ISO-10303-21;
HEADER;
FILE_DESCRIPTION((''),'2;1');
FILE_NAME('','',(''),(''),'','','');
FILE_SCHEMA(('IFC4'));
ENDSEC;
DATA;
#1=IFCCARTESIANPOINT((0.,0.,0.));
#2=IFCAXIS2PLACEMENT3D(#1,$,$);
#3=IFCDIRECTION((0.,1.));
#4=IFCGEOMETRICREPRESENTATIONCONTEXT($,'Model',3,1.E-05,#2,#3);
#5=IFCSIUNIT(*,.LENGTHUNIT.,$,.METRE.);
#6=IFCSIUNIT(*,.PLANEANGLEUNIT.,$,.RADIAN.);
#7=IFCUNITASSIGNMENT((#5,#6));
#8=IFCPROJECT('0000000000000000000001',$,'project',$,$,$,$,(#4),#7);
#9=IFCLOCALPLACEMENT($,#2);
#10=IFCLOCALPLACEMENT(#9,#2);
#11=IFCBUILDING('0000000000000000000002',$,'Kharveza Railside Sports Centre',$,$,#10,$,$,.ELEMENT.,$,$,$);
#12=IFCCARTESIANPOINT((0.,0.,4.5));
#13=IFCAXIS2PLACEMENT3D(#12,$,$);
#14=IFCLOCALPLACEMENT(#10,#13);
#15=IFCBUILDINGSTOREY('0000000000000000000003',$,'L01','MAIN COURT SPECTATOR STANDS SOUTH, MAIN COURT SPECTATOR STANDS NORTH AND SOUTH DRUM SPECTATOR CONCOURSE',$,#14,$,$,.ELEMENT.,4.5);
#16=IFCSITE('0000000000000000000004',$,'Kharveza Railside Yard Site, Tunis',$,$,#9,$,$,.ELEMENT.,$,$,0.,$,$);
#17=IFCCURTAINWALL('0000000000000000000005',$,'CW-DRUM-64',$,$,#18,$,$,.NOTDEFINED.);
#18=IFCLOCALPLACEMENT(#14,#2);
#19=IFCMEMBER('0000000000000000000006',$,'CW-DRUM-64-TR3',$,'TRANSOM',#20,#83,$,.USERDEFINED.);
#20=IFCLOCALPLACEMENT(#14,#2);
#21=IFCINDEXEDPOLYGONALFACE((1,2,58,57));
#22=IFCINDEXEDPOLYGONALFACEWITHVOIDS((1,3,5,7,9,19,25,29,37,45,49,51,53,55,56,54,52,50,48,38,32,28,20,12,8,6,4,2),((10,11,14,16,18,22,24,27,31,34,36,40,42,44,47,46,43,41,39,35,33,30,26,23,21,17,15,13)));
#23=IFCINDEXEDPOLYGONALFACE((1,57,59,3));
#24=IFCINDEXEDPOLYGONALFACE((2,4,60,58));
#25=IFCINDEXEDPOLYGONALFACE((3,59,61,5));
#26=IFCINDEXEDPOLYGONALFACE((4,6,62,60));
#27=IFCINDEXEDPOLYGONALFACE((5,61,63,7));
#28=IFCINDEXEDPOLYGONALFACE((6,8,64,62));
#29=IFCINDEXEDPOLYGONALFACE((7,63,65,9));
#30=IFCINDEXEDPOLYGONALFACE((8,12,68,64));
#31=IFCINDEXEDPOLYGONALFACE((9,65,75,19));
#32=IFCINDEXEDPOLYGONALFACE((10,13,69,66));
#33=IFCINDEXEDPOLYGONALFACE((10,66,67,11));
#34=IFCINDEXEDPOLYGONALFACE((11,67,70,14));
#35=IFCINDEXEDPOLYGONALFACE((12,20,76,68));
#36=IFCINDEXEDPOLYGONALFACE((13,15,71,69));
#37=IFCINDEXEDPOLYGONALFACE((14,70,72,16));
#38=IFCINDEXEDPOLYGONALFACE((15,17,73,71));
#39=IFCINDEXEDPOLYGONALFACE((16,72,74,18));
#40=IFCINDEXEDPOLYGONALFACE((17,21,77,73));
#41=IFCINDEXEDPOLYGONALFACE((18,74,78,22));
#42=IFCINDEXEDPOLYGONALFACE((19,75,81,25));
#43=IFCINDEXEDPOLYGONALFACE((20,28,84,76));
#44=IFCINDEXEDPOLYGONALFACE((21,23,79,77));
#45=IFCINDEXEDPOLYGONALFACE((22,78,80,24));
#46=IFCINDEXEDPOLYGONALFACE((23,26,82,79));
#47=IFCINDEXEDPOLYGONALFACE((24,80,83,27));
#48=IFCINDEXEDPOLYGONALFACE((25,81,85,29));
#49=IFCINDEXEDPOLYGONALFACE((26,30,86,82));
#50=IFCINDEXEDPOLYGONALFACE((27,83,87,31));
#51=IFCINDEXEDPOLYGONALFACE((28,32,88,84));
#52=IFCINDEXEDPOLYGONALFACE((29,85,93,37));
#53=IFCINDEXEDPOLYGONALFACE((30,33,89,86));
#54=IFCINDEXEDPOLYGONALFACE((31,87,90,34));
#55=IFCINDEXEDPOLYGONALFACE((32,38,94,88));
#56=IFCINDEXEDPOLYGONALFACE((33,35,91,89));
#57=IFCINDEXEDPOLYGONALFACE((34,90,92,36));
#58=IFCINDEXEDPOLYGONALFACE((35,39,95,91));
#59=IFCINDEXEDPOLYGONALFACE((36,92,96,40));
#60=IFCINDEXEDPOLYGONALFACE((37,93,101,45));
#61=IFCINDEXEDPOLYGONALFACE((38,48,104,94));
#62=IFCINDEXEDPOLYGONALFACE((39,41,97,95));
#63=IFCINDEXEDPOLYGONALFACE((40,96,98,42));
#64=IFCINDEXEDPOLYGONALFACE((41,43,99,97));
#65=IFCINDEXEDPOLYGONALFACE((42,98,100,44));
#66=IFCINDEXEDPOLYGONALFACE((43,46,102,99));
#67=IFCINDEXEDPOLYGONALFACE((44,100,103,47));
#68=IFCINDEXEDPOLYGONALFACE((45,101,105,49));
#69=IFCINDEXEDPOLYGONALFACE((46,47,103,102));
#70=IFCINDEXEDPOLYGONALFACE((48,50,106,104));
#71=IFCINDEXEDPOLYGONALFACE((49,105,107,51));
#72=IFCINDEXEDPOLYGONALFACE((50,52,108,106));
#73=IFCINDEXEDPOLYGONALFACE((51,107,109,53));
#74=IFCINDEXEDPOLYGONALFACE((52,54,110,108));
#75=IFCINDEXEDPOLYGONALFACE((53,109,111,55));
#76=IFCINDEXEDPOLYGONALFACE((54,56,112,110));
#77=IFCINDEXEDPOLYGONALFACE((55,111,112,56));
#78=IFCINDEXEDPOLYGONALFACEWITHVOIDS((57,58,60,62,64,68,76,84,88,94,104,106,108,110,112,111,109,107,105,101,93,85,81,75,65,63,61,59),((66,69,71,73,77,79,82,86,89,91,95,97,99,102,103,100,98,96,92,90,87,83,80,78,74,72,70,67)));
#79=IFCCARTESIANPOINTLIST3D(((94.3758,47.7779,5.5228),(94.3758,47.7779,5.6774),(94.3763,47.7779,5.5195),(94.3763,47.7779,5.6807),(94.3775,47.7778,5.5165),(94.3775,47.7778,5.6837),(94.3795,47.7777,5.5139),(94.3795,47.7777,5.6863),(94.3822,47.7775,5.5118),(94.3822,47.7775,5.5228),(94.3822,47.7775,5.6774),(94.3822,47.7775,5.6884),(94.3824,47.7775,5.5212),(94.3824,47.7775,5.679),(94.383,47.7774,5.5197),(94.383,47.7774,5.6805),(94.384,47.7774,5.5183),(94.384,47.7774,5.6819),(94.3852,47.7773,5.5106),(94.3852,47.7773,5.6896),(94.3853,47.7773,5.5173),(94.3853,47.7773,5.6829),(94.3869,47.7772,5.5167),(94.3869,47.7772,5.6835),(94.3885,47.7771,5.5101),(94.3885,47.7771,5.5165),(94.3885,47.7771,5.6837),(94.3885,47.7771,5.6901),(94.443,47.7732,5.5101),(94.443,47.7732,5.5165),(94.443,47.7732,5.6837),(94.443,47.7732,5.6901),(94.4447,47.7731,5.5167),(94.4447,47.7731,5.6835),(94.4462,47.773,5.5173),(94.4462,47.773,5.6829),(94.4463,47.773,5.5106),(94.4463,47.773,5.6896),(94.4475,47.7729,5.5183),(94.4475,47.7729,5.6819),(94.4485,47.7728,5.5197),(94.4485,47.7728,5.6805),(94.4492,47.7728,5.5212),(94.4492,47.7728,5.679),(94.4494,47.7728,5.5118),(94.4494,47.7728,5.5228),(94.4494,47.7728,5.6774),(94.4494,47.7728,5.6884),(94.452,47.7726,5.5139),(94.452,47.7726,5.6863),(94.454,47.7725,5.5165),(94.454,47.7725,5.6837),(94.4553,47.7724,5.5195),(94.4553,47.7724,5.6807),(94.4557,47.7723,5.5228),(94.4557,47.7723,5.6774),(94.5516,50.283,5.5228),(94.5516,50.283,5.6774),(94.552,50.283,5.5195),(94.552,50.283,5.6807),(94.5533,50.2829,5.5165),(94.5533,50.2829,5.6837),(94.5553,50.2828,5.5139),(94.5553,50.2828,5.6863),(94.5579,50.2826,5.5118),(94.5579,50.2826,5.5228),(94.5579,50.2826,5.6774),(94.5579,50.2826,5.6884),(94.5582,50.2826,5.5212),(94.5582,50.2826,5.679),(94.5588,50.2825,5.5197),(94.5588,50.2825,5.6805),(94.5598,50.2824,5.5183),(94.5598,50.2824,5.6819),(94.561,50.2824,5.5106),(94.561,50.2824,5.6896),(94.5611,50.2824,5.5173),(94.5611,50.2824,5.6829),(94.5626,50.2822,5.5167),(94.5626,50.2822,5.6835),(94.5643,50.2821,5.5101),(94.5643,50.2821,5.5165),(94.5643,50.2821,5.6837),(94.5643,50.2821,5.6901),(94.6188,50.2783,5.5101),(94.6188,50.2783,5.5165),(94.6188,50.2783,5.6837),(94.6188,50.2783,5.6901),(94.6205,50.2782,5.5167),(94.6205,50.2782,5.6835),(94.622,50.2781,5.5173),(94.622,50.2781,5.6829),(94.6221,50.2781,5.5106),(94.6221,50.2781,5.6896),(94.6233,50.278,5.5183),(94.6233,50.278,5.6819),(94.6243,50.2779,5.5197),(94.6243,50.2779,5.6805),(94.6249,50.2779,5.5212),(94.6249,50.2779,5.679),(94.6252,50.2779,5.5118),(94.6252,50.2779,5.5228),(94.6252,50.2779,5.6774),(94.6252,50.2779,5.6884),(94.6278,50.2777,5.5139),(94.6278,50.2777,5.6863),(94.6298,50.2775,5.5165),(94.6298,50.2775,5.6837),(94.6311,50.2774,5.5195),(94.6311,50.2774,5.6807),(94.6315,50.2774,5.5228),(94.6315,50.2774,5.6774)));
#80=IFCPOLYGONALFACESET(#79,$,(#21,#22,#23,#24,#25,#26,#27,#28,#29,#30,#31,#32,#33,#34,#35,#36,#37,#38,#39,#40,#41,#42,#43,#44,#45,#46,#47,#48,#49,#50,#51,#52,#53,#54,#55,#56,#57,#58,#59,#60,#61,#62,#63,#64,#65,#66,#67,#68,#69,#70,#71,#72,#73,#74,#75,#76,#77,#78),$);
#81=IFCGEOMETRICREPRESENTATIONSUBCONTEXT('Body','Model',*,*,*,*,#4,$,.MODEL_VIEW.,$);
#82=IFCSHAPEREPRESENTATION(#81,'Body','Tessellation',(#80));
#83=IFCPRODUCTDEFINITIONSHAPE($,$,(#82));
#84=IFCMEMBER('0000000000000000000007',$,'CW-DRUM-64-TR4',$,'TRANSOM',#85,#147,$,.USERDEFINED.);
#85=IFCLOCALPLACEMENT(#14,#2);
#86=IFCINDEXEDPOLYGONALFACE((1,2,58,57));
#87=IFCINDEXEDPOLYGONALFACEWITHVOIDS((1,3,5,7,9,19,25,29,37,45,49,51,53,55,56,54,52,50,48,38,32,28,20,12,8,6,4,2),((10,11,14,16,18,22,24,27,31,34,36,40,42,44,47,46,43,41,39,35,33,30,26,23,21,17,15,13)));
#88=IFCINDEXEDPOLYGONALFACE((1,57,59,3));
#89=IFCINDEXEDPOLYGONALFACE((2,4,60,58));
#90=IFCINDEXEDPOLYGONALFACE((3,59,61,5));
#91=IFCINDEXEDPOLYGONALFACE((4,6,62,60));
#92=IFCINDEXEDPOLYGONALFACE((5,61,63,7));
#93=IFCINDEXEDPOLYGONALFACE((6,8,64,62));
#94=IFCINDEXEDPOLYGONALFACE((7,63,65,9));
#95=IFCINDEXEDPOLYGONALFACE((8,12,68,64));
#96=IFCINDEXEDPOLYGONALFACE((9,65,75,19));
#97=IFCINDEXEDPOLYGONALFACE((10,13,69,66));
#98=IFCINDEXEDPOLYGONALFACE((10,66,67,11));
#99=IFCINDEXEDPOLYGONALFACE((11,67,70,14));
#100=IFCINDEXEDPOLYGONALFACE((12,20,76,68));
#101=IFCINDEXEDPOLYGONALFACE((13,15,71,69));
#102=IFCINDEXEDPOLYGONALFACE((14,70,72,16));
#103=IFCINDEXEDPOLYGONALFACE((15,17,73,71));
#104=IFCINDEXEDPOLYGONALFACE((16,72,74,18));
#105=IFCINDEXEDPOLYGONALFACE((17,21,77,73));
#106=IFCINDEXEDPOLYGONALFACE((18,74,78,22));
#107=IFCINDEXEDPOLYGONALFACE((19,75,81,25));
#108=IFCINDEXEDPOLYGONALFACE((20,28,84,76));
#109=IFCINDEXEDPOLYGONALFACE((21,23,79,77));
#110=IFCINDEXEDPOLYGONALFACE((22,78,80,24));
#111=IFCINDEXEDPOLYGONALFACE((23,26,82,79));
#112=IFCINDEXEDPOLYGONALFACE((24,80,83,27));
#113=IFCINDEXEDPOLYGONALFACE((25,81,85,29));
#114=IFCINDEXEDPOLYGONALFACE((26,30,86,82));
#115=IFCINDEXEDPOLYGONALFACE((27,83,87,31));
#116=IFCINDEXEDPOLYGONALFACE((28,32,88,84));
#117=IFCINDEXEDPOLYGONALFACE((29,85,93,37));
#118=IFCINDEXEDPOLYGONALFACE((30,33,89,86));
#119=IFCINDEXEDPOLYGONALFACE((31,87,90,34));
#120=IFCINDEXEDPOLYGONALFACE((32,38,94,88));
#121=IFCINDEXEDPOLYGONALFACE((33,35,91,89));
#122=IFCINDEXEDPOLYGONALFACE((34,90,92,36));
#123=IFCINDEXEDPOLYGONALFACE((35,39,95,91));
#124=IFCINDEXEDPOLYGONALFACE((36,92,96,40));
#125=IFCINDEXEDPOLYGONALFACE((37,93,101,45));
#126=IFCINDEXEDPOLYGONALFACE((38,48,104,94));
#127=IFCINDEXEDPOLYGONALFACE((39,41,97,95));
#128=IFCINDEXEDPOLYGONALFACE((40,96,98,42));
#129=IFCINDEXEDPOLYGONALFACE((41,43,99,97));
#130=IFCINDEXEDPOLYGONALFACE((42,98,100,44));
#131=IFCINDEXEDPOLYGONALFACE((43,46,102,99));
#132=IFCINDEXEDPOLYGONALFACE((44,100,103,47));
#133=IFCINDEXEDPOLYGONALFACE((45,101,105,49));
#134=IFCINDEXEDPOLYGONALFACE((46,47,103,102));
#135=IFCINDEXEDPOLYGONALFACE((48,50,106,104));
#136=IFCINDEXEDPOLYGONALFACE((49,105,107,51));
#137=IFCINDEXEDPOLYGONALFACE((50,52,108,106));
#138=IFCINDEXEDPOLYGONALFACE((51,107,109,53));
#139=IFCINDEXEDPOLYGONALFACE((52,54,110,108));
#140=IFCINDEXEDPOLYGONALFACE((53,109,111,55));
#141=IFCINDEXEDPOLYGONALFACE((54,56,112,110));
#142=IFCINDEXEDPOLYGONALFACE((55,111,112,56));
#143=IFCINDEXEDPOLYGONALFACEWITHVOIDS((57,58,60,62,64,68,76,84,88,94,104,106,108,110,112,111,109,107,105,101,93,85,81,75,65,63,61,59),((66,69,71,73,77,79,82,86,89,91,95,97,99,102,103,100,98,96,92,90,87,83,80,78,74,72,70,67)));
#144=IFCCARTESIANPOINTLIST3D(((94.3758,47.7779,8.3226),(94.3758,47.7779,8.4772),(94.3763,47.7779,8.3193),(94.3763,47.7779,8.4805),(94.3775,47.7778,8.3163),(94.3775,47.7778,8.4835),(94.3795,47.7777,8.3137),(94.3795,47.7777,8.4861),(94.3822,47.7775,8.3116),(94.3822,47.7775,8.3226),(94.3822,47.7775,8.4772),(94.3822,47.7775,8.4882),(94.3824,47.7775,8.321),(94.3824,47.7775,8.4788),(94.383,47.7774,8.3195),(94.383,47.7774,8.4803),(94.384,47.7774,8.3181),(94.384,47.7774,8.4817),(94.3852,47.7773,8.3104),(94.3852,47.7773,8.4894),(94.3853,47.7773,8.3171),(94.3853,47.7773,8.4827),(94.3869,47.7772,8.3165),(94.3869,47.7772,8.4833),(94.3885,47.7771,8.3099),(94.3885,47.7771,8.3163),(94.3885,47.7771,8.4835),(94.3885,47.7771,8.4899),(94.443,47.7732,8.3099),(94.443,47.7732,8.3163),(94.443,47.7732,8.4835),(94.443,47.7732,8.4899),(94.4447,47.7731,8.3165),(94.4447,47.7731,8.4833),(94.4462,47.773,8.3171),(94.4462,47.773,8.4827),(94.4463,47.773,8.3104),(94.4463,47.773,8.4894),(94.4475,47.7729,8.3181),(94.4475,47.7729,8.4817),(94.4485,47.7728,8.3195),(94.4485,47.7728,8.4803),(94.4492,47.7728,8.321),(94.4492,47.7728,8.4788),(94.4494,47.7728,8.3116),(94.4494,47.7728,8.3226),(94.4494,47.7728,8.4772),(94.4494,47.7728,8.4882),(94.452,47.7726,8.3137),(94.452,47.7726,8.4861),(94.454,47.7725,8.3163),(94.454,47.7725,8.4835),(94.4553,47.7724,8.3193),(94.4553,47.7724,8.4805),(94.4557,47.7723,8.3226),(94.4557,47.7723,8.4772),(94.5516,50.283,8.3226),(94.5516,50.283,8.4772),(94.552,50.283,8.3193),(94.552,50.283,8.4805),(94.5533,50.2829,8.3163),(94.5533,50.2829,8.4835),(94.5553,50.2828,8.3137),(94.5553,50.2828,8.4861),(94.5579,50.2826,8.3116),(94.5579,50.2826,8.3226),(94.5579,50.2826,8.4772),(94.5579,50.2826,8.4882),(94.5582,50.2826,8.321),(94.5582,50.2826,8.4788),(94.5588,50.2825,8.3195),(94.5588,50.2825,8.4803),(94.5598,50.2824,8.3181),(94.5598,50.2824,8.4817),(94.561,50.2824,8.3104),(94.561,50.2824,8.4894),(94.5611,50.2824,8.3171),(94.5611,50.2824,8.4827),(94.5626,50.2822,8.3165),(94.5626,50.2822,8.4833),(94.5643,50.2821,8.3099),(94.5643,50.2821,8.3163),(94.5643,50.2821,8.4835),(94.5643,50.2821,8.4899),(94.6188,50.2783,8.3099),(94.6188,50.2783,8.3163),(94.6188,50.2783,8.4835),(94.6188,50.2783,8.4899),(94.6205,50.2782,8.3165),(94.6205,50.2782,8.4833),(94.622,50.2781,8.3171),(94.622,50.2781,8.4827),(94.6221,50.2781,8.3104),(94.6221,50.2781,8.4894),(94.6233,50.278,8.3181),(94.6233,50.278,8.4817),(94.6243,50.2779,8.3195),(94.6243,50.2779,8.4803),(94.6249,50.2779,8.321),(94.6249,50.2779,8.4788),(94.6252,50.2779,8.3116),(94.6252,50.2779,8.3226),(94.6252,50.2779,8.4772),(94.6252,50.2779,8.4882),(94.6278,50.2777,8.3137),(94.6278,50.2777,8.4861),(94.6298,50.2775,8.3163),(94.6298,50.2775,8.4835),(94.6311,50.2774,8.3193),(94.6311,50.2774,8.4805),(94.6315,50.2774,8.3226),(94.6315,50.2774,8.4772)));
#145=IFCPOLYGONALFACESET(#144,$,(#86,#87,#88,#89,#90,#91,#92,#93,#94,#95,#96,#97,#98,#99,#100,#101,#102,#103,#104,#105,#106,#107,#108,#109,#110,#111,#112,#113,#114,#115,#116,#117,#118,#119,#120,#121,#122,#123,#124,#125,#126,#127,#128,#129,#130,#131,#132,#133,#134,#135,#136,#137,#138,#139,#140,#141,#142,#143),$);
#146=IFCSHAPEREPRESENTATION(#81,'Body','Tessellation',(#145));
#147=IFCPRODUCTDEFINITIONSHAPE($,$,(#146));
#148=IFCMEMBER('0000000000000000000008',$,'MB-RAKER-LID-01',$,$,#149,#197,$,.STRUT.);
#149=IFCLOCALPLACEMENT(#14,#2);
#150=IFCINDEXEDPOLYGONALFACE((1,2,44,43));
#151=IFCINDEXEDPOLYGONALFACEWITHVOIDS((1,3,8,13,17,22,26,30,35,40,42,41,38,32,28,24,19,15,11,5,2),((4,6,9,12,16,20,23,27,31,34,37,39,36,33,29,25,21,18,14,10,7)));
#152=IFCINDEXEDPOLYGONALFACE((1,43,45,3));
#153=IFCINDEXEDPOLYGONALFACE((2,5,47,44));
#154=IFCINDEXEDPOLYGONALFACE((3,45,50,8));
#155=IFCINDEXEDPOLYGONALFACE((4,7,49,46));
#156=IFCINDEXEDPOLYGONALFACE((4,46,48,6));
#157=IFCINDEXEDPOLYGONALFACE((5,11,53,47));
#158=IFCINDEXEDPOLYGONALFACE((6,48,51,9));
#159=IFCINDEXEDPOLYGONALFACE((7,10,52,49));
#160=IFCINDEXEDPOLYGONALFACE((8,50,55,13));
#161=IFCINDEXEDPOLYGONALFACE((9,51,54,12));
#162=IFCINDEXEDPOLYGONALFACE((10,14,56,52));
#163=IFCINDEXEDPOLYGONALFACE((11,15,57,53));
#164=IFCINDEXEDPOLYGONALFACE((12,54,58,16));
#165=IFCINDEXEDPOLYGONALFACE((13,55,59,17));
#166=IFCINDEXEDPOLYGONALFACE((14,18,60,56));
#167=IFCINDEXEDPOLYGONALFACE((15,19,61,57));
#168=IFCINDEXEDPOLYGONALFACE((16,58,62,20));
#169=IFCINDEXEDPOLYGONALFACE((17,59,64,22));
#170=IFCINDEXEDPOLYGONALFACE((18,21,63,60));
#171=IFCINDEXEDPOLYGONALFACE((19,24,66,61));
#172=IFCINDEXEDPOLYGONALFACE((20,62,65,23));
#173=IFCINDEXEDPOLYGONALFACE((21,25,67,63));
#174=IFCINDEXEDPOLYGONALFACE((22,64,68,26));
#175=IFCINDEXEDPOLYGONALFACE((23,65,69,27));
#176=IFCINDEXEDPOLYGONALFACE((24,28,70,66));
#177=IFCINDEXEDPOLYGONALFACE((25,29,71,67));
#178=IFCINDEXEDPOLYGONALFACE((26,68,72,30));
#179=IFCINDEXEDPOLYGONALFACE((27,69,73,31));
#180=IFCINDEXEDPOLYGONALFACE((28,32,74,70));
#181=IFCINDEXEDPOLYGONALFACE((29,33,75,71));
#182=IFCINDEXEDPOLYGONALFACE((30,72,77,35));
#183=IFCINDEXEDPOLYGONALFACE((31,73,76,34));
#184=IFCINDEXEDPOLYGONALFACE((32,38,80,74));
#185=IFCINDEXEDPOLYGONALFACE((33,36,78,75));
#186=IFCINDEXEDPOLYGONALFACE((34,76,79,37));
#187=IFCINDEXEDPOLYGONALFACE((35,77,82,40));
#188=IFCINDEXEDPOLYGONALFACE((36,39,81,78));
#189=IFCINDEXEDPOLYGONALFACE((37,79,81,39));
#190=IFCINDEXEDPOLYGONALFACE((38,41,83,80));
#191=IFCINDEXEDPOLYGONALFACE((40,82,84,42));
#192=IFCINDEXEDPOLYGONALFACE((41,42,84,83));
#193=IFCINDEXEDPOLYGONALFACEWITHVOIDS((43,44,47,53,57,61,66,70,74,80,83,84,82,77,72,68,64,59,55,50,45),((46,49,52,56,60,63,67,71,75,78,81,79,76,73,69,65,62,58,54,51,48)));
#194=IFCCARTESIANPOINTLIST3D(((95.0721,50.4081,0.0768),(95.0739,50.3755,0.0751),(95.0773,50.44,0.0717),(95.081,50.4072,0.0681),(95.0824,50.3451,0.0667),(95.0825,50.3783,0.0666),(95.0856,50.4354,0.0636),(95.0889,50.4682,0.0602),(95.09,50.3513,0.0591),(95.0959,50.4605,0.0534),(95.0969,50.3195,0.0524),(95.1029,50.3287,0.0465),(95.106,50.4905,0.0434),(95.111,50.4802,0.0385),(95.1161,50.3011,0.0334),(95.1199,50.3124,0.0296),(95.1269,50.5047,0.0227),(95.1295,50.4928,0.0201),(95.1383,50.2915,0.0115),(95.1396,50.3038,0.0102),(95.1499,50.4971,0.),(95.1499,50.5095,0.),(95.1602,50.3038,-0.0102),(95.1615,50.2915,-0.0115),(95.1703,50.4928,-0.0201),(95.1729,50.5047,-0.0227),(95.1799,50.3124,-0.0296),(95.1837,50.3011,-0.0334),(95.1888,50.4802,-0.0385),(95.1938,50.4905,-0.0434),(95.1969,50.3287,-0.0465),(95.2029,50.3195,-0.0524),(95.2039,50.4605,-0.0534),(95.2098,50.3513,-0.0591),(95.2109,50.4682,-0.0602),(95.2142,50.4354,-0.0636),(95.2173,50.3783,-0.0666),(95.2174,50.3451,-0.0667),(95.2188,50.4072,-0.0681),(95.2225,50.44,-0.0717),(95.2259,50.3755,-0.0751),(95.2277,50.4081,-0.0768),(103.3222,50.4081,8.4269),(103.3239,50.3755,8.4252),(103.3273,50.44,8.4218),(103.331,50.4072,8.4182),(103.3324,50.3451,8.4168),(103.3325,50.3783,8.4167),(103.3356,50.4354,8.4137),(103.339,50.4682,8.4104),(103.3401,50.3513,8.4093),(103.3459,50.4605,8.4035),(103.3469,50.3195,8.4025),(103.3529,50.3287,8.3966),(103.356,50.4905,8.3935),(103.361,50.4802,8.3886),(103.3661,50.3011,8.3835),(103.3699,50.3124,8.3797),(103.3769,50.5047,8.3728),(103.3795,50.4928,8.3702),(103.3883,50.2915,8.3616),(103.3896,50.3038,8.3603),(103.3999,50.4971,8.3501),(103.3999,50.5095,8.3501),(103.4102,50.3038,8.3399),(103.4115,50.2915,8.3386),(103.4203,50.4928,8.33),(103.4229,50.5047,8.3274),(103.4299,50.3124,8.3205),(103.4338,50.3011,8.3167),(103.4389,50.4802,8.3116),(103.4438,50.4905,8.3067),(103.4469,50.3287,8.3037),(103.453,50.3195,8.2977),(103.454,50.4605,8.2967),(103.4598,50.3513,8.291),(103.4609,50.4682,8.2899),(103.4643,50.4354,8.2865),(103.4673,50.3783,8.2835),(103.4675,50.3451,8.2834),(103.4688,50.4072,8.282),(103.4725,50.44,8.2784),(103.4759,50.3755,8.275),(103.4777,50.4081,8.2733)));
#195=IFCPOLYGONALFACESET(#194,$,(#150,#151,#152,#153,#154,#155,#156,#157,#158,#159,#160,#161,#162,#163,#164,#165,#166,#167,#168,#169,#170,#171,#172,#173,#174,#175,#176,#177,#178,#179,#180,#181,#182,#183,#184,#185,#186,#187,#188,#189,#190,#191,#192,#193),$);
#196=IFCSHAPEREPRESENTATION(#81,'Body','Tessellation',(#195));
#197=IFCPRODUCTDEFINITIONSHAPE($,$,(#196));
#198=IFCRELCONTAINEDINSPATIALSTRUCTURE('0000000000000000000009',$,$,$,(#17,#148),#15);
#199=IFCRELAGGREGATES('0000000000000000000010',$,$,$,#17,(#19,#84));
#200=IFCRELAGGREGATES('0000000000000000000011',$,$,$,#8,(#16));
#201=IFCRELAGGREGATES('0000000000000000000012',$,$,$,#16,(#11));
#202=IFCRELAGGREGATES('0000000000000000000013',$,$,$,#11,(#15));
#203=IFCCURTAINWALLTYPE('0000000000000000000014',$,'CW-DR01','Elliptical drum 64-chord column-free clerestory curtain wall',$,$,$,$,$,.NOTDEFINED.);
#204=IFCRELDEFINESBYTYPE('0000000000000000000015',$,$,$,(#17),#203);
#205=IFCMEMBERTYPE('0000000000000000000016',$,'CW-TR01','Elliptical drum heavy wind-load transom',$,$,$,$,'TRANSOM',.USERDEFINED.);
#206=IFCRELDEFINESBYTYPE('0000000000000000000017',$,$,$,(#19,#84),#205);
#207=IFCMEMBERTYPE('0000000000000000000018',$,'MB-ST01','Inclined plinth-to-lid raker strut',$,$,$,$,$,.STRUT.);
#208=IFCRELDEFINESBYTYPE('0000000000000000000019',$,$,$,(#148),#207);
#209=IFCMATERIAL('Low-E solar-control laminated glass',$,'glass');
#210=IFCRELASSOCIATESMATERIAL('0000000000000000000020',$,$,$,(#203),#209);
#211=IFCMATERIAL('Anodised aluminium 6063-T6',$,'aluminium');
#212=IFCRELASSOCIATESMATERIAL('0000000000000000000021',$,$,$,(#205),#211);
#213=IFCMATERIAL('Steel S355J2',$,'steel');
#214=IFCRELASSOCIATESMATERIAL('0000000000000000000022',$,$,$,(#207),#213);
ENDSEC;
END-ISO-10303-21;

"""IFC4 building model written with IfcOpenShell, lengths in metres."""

from ifc_helpers import new_model, si_unit, direction, frame, origin, origin_2d, place, context, subcontext, project, spatial, hollow_rectangle, hollow_circle, extrude, material, material_profile, profile_set, type_object, element, aggregate, save


model = new_model("IFC4")

# Units and contexts
model_context = context("Model", 3, precision=1e-05, world=origin(), true_north=direction((0.0, 1.0)))
body_context = subcontext(model_context, "Body", "Model", "MODEL_VIEW")
ifc_project = project(units=[si_unit("LENGTHUNIT", "METRE"), si_unit("PLANEANGLEUNIT", "RADIAN")], contexts=[model_context])

# Site, building, storey
site_placement = place(None, origin())
site = spatial("IfcSite", under=ifc_project, at=site_placement, Name="Kharveza Railside Yard Site, Tunis", CompositionType="ELEMENT", RefElevation=0.0)
building_placement = place(site_placement, origin())
building = spatial("IfcBuilding", under=site, at=building_placement, Name="Kharveza Railside Sports Centre", CompositionType="ELEMENT")
storey_placement = place(building_placement, frame((0.0, 0.0, 4.5)))
storey = spatial("IfcBuildingStorey", under=building, at=storey_placement, Name="L01", Description="MAIN COURT SPECTATOR STANDS SOUTH, MAIN COURT SPECTATOR STANDS NORTH AND SOUTH DRUM SPECTATOR CONCOURSE", CompositionType="ELEMENT", Elevation=4.5)

# Shared definitions
ifc_material_1 = material(Name="Steel S355J2", Category="steel")

# Shared definitions
ifc_material_2 = material(Name="Low-E solar-control laminated glass", Category="glass")
curtain_wall_type = type_object("IfcCurtainWallType", Name="CW-DR01", Description="Elliptical drum 64-chord column-free clerestory curtain wall", PredefinedType="NOTDEFINED", material=ifc_material_2)
ifc_material_3 = material(Name="Anodised aluminium 6063-T6", Category="aluminium")

# Curtain wall
curtain_wall_1_placement = place(storey_placement, origin())
curtain_wall_1 = element("IfcCurtainWall", 1, at=curtain_wall_1_placement, inside=storey, type_object=curtain_wall_type, Name="CW-DRUM-64", PredefinedType="NOTDEFINED")

# Members
ifc_material_profile_1 = material_profile(ifc_material_3, hollow_rectangle(XDim=0.0801, YDim=0.1799, WallThickness=0.0063, InnerFilletRadius=0.0063, OuterFilletRadius=0.0127, at=origin_2d()), Name="RHS 80x180x6.3")
ifc_profile_set_1 = profile_set([ifc_material_profile_1], Name="Anodised aluminium 6063-T6")
member_type_1 = type_object("IfcMemberType", Name="CW-TR01", Description="Elliptical drum heavy wind-load transom", ElementType="TRANSOM", PredefinedType="USERDEFINED", material=ifc_profile_set_1)
member_1_placement = place(storey_placement, frame((94.4158, 47.7751, 5.6001), z_axis=(0.069996, 0.997547, 0.0), x_axis=(-0.997547, 0.069996, 0.0)))
member_1 = element("IfcMember", 2, at=member_1_placement, type_object=member_type_1, Name="CW-DRUM-64-TR3", ObjectType="TRANSOM", PredefinedType="USERDEFINED", context=body_context, shape_type="SweptSolid", body=[
    extrude(hollow_rectangle(XDim=0.0801, YDim=0.1799, WallThickness=0.0063, InnerFilletRadius=0.0063, OuterFilletRadius=0.0127, at=origin_2d()), origin(), (0.0, 0.0, 1.0), 2.5112),
])
member_2_placement = place(storey_placement, frame((94.4158, 47.7751, 8.3999), z_axis=(0.069996, 0.997547, 0.0), x_axis=(-0.997547, 0.069996, 0.0)))
member_2 = element("IfcMember", 3, at=member_2_placement, type_object=member_type_1, Name="CW-DRUM-64-TR4", ObjectType="TRANSOM", PredefinedType="USERDEFINED", context=body_context, shape_type="SweptSolid", body=[
    extrude(hollow_rectangle(XDim=0.0801, YDim=0.1799, WallThickness=0.0063, InnerFilletRadius=0.0063, OuterFilletRadius=0.0127, at=origin_2d()), origin(), (0.0, 0.0, 1.0), 2.5112),
])
ifc_material_profile_2 = material_profile(ifc_material_1, hollow_circle(Radius=0.1096, WallThickness=0.0125, at=origin_2d()), Name="CHS 219.1x12.5")
ifc_profile_set_2 = profile_set([ifc_material_profile_2], Name="Steel S355J2")
member_type_2 = type_object("IfcMemberType", Name="MB-ST01", Description="Inclined plinth-to-lid raker strut", PredefinedType="STRUT", material=ifc_profile_set_2)
member_3_placement = place(storey_placement, frame((95.1499, 50.3999, 0.0), z_axis=(0.70283, 0.0, 0.711358), x_axis=(0.0, 1.0, 0.0)))
element("IfcMember", 4, at=member_3_placement, inside=storey, type_object=member_type_2, Name="MB-RAKER-LID-01", PredefinedType="STRUT", context=body_context, shape_type="SweptSolid", body=[
    extrude(hollow_circle(Radius=0.1096, WallThickness=0.0125, at=origin_2d()), origin(), (0.0, 0.0, 1.0), 11.7383),
])

aggregate(curtain_wall_1, [member_1, member_2])

save(model, "model.ifc")
